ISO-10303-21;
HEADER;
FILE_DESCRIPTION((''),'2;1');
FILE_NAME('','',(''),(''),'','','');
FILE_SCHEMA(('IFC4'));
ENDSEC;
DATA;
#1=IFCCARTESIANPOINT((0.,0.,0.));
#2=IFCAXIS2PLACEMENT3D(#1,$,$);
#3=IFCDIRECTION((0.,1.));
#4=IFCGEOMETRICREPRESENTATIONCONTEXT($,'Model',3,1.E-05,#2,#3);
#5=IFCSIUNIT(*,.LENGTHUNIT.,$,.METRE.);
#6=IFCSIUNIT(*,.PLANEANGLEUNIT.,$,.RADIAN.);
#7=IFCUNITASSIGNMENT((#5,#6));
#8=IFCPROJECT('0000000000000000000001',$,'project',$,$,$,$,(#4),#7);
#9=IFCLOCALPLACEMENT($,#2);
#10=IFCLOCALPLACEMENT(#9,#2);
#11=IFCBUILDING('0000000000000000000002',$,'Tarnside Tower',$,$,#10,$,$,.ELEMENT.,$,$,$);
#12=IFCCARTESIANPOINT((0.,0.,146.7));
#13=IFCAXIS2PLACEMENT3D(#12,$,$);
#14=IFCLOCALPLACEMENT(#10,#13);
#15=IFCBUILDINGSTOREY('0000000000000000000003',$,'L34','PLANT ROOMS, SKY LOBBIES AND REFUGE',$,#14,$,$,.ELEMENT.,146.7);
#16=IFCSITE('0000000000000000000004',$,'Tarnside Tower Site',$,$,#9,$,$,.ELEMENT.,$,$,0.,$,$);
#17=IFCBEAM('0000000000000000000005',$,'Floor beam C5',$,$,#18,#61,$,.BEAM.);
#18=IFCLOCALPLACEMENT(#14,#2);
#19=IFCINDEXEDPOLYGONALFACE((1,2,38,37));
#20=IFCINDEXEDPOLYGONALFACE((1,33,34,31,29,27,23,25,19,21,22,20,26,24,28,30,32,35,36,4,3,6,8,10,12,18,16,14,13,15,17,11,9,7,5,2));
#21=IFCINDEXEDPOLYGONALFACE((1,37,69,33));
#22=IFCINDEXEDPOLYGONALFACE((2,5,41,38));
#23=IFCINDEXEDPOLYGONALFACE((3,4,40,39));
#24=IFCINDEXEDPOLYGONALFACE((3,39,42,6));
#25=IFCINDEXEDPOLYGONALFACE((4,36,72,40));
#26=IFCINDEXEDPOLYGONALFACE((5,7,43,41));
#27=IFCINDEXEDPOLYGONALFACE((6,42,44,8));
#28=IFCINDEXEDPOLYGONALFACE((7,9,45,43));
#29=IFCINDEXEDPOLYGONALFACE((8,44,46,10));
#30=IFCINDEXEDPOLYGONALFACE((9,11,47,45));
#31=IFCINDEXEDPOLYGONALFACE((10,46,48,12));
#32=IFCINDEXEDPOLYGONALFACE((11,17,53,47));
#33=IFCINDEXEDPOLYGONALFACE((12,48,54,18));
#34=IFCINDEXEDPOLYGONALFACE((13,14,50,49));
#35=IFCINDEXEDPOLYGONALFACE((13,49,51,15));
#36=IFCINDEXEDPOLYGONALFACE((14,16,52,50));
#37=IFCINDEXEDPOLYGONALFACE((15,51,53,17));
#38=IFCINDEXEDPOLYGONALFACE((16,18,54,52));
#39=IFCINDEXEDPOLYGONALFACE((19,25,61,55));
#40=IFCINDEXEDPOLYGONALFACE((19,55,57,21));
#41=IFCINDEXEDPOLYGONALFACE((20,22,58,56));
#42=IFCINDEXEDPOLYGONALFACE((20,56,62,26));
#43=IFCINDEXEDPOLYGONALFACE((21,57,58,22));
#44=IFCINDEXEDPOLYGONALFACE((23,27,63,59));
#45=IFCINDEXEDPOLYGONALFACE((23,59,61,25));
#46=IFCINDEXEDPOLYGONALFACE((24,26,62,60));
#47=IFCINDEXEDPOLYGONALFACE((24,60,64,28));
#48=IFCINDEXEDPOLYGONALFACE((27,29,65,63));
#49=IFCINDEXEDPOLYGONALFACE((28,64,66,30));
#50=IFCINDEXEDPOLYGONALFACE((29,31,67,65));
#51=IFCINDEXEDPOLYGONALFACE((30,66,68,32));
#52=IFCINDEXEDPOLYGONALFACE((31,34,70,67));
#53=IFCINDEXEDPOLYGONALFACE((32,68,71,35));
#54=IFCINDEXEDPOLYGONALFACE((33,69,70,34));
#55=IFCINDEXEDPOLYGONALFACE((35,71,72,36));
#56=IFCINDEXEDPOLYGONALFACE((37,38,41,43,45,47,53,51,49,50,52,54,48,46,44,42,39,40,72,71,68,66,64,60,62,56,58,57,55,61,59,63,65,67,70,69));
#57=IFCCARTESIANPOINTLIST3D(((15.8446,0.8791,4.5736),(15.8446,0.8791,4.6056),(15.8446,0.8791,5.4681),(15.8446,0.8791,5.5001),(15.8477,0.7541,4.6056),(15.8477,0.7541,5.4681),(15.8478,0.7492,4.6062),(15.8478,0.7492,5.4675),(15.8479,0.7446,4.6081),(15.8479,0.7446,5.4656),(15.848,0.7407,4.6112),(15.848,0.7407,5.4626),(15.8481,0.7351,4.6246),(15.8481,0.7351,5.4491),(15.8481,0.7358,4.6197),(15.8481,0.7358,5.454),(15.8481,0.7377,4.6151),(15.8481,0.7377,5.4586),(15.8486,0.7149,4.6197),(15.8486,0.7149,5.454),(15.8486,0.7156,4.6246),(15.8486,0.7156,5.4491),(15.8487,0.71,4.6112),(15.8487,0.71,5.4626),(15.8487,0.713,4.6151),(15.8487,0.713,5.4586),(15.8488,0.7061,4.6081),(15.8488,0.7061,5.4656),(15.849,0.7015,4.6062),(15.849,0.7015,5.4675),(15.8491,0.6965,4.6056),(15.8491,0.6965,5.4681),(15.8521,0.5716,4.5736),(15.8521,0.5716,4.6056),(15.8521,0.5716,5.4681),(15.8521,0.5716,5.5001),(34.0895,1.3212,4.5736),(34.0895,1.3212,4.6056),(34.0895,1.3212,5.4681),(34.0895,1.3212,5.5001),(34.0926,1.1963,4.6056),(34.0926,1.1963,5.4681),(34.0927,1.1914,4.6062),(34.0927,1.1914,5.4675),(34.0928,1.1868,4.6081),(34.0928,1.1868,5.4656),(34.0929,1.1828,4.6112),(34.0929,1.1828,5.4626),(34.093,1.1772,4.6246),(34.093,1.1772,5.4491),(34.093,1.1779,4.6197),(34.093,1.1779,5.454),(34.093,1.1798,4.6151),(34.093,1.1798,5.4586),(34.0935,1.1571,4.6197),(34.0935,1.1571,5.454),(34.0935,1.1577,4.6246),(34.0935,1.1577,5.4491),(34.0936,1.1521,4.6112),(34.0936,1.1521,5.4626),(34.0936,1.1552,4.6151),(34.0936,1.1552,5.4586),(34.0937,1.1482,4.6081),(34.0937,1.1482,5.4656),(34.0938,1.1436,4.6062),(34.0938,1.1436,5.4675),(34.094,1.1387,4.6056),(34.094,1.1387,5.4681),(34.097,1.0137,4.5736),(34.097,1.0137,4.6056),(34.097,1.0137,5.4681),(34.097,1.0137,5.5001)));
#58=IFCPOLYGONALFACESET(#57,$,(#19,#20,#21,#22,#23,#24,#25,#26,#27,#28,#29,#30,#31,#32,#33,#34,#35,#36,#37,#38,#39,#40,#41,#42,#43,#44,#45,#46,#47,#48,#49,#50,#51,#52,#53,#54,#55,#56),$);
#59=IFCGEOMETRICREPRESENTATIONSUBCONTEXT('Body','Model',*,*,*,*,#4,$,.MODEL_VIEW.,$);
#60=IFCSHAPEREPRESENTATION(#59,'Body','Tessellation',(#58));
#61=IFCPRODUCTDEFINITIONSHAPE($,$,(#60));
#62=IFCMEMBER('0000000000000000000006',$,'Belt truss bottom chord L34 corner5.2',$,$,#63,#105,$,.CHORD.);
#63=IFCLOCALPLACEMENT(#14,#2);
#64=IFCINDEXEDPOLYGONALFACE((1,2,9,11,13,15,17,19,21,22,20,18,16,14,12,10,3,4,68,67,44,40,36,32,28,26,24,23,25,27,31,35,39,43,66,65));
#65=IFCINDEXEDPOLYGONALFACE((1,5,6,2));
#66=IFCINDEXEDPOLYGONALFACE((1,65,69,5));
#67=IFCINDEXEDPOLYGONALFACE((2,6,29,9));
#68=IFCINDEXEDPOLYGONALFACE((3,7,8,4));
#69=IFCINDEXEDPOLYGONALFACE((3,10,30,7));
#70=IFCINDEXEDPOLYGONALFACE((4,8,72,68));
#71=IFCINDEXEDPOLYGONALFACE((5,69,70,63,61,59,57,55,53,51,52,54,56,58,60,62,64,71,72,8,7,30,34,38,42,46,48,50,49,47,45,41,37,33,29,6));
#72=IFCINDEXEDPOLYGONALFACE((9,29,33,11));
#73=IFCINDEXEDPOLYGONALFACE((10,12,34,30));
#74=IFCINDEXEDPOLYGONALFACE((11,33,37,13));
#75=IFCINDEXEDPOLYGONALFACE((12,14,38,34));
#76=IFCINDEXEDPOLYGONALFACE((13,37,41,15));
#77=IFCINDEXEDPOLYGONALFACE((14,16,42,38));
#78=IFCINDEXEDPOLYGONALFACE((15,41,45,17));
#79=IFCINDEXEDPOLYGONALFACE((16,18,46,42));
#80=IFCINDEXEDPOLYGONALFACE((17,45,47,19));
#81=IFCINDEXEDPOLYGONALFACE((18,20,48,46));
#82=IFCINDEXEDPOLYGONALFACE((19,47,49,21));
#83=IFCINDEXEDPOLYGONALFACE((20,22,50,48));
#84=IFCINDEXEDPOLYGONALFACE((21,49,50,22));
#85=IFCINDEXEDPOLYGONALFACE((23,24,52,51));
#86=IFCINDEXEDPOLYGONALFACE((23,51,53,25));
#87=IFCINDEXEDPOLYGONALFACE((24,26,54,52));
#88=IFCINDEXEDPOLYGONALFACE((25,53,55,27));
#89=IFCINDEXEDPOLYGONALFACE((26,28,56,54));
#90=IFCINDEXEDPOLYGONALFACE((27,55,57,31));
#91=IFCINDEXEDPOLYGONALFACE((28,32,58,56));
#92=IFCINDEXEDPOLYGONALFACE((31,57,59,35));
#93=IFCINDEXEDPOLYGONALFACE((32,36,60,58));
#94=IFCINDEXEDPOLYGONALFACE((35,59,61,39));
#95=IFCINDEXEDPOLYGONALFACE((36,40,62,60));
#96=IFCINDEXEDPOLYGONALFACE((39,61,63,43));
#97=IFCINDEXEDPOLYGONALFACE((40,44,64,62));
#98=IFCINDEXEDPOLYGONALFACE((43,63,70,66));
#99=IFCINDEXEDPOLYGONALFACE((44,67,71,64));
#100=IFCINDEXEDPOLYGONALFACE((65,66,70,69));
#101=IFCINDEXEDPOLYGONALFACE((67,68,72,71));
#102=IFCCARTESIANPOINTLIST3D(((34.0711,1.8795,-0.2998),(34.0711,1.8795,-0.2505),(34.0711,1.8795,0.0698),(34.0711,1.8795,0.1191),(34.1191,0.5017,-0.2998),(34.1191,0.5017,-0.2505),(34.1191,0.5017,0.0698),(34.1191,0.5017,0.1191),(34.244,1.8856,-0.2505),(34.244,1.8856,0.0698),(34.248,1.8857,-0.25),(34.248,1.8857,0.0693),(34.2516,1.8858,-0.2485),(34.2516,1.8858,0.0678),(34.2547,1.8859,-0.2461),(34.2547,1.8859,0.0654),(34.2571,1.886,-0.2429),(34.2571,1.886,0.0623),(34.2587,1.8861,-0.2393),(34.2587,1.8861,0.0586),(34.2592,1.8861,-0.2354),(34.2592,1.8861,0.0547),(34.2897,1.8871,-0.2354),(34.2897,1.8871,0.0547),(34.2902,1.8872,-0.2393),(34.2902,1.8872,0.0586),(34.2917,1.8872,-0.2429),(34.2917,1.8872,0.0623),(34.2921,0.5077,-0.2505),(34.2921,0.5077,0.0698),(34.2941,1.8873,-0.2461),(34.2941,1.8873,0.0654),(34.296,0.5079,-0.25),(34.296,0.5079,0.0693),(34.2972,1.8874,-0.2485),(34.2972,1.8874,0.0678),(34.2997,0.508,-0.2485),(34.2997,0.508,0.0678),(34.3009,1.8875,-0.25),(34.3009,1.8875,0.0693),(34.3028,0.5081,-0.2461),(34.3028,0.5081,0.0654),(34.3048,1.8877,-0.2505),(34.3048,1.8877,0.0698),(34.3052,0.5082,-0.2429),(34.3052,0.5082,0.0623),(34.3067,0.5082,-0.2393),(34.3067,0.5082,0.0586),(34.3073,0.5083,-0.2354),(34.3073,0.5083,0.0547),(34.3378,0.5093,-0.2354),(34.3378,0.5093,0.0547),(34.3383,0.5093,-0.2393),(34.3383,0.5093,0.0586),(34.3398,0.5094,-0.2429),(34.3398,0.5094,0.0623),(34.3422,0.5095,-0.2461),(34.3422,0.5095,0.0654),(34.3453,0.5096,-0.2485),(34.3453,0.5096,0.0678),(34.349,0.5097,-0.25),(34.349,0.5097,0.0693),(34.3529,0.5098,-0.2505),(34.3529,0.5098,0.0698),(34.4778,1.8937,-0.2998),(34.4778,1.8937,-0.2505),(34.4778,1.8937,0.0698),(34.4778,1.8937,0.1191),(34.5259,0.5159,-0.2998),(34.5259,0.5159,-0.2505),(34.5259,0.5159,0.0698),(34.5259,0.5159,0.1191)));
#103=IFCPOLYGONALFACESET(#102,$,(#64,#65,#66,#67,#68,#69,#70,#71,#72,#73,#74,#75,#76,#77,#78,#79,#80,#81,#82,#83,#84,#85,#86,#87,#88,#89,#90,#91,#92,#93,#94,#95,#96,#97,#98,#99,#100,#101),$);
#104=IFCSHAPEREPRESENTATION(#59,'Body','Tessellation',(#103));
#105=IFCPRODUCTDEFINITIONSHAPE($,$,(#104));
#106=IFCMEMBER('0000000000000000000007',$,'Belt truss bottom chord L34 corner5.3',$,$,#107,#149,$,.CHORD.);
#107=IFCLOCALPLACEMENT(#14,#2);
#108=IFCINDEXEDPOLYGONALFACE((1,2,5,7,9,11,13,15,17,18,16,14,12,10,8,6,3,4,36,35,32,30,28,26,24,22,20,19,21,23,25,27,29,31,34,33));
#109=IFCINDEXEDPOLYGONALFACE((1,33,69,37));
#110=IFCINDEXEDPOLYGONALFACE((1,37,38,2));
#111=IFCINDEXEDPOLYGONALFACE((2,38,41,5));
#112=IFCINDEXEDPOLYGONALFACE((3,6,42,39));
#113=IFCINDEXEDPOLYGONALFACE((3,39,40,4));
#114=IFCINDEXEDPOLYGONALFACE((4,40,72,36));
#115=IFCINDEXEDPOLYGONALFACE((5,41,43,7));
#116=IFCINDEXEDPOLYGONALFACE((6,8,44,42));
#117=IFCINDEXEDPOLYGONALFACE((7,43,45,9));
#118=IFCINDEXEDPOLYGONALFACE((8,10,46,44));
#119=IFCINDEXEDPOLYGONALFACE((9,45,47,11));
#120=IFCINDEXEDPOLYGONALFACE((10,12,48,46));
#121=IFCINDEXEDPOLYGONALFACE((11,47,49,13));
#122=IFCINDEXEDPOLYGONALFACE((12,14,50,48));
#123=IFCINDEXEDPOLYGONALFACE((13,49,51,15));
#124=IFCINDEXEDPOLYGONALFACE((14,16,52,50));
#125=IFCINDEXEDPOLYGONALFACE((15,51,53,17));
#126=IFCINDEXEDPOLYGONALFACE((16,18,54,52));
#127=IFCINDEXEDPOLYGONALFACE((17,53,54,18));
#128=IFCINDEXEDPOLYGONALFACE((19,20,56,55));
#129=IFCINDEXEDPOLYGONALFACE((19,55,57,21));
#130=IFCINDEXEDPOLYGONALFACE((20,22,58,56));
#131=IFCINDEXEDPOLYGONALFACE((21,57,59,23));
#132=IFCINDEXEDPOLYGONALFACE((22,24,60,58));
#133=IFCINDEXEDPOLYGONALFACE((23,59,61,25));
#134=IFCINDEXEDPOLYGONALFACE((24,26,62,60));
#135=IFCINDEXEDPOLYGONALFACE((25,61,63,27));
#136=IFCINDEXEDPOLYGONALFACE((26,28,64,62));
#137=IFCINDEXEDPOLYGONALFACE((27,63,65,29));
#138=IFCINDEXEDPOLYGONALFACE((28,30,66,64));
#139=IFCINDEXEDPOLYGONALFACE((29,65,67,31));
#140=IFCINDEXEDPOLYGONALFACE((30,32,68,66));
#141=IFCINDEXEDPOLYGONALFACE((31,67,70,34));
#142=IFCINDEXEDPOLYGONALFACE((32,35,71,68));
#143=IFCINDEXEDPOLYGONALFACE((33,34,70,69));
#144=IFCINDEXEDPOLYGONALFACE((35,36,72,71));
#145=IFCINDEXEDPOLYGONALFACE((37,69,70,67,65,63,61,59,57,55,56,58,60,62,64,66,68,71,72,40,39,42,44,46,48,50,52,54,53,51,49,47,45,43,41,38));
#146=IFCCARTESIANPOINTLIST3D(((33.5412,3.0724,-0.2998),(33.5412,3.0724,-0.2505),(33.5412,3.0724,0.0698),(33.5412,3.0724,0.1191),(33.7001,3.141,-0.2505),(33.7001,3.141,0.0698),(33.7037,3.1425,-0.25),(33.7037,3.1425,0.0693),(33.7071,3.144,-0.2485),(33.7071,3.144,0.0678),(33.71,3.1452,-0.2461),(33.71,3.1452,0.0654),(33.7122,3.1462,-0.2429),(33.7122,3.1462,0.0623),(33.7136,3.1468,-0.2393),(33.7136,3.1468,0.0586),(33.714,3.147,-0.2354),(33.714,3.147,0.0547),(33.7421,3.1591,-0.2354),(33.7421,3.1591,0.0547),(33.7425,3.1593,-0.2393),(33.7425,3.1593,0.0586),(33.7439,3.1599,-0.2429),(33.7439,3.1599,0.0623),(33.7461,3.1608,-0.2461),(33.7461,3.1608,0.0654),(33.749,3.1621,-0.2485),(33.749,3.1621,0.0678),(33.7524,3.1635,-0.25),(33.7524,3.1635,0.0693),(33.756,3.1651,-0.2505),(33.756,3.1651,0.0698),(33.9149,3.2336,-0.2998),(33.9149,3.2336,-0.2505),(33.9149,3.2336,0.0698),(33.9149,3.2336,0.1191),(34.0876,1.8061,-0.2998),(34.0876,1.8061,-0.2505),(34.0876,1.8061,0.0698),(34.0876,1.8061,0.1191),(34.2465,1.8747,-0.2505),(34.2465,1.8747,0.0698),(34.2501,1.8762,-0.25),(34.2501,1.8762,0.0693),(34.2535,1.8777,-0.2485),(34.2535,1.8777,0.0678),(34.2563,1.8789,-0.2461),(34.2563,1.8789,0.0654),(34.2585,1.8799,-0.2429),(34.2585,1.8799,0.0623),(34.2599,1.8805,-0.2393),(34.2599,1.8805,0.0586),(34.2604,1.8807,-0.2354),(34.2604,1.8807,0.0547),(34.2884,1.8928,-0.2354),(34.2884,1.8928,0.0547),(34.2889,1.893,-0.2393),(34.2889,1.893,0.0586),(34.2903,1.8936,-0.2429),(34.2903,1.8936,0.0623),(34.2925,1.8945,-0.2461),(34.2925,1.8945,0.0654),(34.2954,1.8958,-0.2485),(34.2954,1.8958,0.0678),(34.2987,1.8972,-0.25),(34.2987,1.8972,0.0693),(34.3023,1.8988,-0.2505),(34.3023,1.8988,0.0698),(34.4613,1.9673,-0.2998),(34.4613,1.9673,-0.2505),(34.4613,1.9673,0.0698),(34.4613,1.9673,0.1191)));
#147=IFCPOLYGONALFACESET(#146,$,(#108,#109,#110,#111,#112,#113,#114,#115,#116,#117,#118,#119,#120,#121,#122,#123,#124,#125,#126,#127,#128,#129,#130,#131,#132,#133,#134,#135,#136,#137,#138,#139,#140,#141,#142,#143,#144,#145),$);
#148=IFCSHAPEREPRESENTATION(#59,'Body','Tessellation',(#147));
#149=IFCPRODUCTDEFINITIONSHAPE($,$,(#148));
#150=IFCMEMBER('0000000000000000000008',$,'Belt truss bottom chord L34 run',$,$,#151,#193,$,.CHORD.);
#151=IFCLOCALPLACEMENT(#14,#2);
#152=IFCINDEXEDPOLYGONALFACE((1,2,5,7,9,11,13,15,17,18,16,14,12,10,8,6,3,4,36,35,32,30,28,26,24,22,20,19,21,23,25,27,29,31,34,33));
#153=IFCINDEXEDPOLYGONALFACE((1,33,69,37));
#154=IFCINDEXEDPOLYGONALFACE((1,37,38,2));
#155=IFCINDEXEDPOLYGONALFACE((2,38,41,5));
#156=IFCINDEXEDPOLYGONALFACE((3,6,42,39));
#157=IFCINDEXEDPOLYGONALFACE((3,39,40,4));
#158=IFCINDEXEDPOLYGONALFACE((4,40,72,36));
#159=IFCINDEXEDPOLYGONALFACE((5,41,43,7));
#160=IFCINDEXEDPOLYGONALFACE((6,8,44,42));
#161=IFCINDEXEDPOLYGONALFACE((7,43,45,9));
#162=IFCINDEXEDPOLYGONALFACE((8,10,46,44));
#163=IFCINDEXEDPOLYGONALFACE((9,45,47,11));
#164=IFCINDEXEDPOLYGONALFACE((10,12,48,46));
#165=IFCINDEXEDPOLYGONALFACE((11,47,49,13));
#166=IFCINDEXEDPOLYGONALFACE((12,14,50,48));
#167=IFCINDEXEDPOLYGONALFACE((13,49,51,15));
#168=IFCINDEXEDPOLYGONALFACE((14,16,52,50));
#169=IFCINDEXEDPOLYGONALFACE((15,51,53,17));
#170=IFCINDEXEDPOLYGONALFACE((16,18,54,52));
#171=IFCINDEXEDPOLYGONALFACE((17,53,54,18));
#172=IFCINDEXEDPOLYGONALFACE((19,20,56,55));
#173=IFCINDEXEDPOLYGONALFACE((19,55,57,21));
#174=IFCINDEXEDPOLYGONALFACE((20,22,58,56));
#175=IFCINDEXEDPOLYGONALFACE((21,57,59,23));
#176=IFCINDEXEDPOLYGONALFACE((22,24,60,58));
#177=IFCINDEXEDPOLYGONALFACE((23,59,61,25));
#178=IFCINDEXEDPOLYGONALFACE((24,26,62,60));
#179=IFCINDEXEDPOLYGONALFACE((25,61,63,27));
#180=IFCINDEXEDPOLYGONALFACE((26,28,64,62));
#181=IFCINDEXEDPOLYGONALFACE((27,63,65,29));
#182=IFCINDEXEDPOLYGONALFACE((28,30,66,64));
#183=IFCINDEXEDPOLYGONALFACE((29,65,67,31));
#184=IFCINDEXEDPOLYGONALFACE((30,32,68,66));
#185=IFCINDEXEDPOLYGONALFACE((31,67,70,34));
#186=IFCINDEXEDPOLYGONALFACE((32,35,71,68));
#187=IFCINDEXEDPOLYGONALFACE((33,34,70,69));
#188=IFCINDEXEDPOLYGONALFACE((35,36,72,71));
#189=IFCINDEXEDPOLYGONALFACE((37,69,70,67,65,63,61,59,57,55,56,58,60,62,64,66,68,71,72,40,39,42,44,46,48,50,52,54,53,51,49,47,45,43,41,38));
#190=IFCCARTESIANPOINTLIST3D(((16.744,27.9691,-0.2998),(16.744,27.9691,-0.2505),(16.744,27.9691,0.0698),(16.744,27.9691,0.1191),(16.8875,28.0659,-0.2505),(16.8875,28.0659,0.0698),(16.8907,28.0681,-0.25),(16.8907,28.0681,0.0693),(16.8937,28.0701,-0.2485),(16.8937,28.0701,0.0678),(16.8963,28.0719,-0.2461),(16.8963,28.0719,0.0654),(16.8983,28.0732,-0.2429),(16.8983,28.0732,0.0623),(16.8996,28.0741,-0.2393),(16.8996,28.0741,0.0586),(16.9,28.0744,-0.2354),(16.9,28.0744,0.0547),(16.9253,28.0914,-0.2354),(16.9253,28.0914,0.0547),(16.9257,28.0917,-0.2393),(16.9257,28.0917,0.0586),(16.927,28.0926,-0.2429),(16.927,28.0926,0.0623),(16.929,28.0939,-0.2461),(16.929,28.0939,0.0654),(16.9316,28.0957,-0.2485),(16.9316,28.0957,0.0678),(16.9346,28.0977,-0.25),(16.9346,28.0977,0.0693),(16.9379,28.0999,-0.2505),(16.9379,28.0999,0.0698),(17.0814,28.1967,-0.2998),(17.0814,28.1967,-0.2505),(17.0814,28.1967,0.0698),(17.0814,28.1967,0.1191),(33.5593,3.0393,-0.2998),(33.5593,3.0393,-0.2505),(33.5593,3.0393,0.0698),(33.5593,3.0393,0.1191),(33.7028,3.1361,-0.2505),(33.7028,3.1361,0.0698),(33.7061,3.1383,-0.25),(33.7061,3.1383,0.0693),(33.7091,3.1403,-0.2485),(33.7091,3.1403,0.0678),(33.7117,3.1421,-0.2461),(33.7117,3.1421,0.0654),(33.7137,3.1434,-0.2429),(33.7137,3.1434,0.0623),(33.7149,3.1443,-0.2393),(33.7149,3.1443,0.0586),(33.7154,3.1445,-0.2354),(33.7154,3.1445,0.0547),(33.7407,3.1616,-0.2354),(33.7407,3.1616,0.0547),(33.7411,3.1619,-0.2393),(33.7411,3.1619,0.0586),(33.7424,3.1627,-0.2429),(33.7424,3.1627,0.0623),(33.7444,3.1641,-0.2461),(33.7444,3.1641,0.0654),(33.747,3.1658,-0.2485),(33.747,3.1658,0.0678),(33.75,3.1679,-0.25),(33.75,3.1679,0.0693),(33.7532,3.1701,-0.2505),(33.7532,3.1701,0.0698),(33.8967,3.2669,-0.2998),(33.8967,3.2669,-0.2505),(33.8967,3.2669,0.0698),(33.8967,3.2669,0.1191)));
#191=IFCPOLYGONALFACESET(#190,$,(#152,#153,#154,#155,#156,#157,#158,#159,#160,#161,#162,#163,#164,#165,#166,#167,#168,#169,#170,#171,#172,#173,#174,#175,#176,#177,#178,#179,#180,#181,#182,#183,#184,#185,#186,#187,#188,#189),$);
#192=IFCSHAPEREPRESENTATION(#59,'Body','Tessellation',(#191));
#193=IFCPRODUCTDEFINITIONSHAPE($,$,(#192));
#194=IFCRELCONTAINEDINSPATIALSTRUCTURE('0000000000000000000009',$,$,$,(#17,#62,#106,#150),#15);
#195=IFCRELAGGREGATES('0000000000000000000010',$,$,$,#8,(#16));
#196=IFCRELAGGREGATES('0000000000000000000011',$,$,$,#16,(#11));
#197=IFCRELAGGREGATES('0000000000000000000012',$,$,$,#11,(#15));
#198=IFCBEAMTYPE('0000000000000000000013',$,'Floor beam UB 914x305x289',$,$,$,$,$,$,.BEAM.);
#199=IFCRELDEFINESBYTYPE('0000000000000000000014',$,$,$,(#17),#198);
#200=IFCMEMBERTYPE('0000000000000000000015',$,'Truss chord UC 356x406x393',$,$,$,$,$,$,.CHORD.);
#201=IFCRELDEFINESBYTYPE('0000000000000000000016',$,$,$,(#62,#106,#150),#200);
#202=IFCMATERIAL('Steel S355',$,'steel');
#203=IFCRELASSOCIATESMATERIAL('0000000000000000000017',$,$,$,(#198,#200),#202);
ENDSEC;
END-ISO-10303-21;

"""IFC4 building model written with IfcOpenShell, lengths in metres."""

from ifc_helpers import new_model, si_unit, direction, frame, origin, origin_2d, place, context, subcontext, project, spatial, i_section, extrude, material, material_profile, profile_set, type_object, element, save


model = new_model("IFC4")

# Units and contexts
model_context = context("Model", 3, precision=1e-05, world=origin(), true_north=direction((0.0, 1.0)))
body_context = subcontext(model_context, "Body", "Model", "MODEL_VIEW")
ifc_project = project(units=[si_unit("LENGTHUNIT", "METRE"), si_unit("PLANEANGLEUNIT", "RADIAN")], contexts=[model_context])

# Site, building, storey
site_placement = place(None, origin())
site = spatial("IfcSite", under=ifc_project, at=site_placement, Name="Tarnside Tower Site", CompositionType="ELEMENT", RefElevation=0.0)
building_placement = place(site_placement, origin())
building = spatial("IfcBuilding", under=site, at=building_placement, Name="Tarnside Tower", CompositionType="ELEMENT")
storey_placement = place(building_placement, frame((0.0, 0.0, 146.7)))
storey = spatial("IfcBuildingStorey", under=building, at=storey_placement, Name="L34", Description="PLANT ROOMS, SKY LOBBIES AND REFUGE", CompositionType="ELEMENT", Elevation=146.7)

# Beam
ifc_material_1 = material(Name="Steel S355", Category="steel")
ifc_material_profile_1 = material_profile(ifc_material_1, i_section(OverallWidth=0.3076, OverallDepth=0.9265, WebThickness=0.0195, FlangeThickness=0.032, FilletRadius=0.019, at=origin_2d()), Name="UB 914x305x289")
ifc_profile_set_1 = profile_set([ifc_material_profile_1], Name="Steel S355")
beam_type = type_object("IfcBeamType", Name="Floor beam UB 914x305x289", PredefinedType="BEAM", material=ifc_profile_set_1)
beam_placement = place(storey_placement, frame((34.0933, 1.1675, 5.0369), z_axis=(-0.999706, -0.024226, 0.0), x_axis=(0.024226, -0.999706, 0.0)))
element("IfcBeam", 1, at=beam_placement, inside=storey, type_object=beam_type, Name="Floor beam C5", PredefinedType="BEAM", context=body_context, shape_type="SweptSolid", body=[
    extrude(i_section(OverallWidth=0.3076, OverallDepth=0.9265, WebThickness=0.0195, FlangeThickness=0.032, FilletRadius=0.019, at=origin_2d()), origin(), (0.0, 0.0, 1.0), 18.2502),
])

# Members
ifc_material_profile_2 = material_profile(ifc_material_1, i_section(OverallWidth=0.407, OverallDepth=0.4189, WebThickness=0.0305, FlangeThickness=0.0493, FilletRadius=0.0151, at=origin_2d()), Name="UC 356x406x393")
ifc_profile_set_2 = profile_set([ifc_material_profile_2], Name="Steel S355")
member_type_1 = type_object("IfcMemberType", Name="Truss chord UC 356x406x393", PredefinedType="CHORD", material=ifc_profile_set_2)
member_1_placement = place(storey_placement, frame((34.3225, 0.5088, -0.0903), z_axis=(-0.034883, 0.999391, 0.0), x_axis=(-0.999391, -0.034883, 0.0)))
element("IfcMember", 2, at=member_1_placement, inside=storey, type_object=member_type_1, Name="Belt truss bottom chord L34 corner5.2", PredefinedType="CHORD", context=body_context, shape_type="SweptSolid", body=[
    extrude(i_section(OverallWidth=0.407, OverallDepth=0.4189, WebThickness=0.0305, FlangeThickness=0.0493, FilletRadius=0.0151, at=origin_2d()), origin(), (0.0, 0.0, 1.0), 1.3787),
])
member_2_placement = place(storey_placement, frame((34.2744, 1.8867, -0.0903), z_axis=(-0.396161, 0.918181, 0.0), x_axis=(-0.918181, -0.396161, 0.0)))
element("IfcMember", 3, at=member_2_placement, inside=storey, type_object=member_type_1, Name="Belt truss bottom chord L34 corner5.3", PredefinedType="CHORD", context=body_context, shape_type="SweptSolid", body=[
    extrude(i_section(OverallWidth=0.407, OverallDepth=0.4189, WebThickness=0.0305, FlangeThickness=0.0493, FilletRadius=0.0151, at=origin_2d()), origin(), (0.0, 0.0, 1.0), 1.3792),
])
member_3_placement = place(storey_placement, frame((33.728, 3.1531, -0.0903), z_axis=(-0.559192, 0.829038, 0.0), x_axis=(-0.829038, -0.559192, 0.0)))
element("IfcMember", 4, at=member_3_placement, inside=storey, type_object=member_type_1, Name="Belt truss bottom chord L34 run", PredefinedType="CHORD", context=body_context, shape_type="SweptSolid", body=[
    extrude(i_section(OverallWidth=0.407, OverallDepth=0.4189, WebThickness=0.0305, FlangeThickness=0.0493, FilletRadius=0.0151, at=origin_2d()), origin(), (0.0, 0.0, 1.0), 30.0708),
])

save(model, "model.ifc")
